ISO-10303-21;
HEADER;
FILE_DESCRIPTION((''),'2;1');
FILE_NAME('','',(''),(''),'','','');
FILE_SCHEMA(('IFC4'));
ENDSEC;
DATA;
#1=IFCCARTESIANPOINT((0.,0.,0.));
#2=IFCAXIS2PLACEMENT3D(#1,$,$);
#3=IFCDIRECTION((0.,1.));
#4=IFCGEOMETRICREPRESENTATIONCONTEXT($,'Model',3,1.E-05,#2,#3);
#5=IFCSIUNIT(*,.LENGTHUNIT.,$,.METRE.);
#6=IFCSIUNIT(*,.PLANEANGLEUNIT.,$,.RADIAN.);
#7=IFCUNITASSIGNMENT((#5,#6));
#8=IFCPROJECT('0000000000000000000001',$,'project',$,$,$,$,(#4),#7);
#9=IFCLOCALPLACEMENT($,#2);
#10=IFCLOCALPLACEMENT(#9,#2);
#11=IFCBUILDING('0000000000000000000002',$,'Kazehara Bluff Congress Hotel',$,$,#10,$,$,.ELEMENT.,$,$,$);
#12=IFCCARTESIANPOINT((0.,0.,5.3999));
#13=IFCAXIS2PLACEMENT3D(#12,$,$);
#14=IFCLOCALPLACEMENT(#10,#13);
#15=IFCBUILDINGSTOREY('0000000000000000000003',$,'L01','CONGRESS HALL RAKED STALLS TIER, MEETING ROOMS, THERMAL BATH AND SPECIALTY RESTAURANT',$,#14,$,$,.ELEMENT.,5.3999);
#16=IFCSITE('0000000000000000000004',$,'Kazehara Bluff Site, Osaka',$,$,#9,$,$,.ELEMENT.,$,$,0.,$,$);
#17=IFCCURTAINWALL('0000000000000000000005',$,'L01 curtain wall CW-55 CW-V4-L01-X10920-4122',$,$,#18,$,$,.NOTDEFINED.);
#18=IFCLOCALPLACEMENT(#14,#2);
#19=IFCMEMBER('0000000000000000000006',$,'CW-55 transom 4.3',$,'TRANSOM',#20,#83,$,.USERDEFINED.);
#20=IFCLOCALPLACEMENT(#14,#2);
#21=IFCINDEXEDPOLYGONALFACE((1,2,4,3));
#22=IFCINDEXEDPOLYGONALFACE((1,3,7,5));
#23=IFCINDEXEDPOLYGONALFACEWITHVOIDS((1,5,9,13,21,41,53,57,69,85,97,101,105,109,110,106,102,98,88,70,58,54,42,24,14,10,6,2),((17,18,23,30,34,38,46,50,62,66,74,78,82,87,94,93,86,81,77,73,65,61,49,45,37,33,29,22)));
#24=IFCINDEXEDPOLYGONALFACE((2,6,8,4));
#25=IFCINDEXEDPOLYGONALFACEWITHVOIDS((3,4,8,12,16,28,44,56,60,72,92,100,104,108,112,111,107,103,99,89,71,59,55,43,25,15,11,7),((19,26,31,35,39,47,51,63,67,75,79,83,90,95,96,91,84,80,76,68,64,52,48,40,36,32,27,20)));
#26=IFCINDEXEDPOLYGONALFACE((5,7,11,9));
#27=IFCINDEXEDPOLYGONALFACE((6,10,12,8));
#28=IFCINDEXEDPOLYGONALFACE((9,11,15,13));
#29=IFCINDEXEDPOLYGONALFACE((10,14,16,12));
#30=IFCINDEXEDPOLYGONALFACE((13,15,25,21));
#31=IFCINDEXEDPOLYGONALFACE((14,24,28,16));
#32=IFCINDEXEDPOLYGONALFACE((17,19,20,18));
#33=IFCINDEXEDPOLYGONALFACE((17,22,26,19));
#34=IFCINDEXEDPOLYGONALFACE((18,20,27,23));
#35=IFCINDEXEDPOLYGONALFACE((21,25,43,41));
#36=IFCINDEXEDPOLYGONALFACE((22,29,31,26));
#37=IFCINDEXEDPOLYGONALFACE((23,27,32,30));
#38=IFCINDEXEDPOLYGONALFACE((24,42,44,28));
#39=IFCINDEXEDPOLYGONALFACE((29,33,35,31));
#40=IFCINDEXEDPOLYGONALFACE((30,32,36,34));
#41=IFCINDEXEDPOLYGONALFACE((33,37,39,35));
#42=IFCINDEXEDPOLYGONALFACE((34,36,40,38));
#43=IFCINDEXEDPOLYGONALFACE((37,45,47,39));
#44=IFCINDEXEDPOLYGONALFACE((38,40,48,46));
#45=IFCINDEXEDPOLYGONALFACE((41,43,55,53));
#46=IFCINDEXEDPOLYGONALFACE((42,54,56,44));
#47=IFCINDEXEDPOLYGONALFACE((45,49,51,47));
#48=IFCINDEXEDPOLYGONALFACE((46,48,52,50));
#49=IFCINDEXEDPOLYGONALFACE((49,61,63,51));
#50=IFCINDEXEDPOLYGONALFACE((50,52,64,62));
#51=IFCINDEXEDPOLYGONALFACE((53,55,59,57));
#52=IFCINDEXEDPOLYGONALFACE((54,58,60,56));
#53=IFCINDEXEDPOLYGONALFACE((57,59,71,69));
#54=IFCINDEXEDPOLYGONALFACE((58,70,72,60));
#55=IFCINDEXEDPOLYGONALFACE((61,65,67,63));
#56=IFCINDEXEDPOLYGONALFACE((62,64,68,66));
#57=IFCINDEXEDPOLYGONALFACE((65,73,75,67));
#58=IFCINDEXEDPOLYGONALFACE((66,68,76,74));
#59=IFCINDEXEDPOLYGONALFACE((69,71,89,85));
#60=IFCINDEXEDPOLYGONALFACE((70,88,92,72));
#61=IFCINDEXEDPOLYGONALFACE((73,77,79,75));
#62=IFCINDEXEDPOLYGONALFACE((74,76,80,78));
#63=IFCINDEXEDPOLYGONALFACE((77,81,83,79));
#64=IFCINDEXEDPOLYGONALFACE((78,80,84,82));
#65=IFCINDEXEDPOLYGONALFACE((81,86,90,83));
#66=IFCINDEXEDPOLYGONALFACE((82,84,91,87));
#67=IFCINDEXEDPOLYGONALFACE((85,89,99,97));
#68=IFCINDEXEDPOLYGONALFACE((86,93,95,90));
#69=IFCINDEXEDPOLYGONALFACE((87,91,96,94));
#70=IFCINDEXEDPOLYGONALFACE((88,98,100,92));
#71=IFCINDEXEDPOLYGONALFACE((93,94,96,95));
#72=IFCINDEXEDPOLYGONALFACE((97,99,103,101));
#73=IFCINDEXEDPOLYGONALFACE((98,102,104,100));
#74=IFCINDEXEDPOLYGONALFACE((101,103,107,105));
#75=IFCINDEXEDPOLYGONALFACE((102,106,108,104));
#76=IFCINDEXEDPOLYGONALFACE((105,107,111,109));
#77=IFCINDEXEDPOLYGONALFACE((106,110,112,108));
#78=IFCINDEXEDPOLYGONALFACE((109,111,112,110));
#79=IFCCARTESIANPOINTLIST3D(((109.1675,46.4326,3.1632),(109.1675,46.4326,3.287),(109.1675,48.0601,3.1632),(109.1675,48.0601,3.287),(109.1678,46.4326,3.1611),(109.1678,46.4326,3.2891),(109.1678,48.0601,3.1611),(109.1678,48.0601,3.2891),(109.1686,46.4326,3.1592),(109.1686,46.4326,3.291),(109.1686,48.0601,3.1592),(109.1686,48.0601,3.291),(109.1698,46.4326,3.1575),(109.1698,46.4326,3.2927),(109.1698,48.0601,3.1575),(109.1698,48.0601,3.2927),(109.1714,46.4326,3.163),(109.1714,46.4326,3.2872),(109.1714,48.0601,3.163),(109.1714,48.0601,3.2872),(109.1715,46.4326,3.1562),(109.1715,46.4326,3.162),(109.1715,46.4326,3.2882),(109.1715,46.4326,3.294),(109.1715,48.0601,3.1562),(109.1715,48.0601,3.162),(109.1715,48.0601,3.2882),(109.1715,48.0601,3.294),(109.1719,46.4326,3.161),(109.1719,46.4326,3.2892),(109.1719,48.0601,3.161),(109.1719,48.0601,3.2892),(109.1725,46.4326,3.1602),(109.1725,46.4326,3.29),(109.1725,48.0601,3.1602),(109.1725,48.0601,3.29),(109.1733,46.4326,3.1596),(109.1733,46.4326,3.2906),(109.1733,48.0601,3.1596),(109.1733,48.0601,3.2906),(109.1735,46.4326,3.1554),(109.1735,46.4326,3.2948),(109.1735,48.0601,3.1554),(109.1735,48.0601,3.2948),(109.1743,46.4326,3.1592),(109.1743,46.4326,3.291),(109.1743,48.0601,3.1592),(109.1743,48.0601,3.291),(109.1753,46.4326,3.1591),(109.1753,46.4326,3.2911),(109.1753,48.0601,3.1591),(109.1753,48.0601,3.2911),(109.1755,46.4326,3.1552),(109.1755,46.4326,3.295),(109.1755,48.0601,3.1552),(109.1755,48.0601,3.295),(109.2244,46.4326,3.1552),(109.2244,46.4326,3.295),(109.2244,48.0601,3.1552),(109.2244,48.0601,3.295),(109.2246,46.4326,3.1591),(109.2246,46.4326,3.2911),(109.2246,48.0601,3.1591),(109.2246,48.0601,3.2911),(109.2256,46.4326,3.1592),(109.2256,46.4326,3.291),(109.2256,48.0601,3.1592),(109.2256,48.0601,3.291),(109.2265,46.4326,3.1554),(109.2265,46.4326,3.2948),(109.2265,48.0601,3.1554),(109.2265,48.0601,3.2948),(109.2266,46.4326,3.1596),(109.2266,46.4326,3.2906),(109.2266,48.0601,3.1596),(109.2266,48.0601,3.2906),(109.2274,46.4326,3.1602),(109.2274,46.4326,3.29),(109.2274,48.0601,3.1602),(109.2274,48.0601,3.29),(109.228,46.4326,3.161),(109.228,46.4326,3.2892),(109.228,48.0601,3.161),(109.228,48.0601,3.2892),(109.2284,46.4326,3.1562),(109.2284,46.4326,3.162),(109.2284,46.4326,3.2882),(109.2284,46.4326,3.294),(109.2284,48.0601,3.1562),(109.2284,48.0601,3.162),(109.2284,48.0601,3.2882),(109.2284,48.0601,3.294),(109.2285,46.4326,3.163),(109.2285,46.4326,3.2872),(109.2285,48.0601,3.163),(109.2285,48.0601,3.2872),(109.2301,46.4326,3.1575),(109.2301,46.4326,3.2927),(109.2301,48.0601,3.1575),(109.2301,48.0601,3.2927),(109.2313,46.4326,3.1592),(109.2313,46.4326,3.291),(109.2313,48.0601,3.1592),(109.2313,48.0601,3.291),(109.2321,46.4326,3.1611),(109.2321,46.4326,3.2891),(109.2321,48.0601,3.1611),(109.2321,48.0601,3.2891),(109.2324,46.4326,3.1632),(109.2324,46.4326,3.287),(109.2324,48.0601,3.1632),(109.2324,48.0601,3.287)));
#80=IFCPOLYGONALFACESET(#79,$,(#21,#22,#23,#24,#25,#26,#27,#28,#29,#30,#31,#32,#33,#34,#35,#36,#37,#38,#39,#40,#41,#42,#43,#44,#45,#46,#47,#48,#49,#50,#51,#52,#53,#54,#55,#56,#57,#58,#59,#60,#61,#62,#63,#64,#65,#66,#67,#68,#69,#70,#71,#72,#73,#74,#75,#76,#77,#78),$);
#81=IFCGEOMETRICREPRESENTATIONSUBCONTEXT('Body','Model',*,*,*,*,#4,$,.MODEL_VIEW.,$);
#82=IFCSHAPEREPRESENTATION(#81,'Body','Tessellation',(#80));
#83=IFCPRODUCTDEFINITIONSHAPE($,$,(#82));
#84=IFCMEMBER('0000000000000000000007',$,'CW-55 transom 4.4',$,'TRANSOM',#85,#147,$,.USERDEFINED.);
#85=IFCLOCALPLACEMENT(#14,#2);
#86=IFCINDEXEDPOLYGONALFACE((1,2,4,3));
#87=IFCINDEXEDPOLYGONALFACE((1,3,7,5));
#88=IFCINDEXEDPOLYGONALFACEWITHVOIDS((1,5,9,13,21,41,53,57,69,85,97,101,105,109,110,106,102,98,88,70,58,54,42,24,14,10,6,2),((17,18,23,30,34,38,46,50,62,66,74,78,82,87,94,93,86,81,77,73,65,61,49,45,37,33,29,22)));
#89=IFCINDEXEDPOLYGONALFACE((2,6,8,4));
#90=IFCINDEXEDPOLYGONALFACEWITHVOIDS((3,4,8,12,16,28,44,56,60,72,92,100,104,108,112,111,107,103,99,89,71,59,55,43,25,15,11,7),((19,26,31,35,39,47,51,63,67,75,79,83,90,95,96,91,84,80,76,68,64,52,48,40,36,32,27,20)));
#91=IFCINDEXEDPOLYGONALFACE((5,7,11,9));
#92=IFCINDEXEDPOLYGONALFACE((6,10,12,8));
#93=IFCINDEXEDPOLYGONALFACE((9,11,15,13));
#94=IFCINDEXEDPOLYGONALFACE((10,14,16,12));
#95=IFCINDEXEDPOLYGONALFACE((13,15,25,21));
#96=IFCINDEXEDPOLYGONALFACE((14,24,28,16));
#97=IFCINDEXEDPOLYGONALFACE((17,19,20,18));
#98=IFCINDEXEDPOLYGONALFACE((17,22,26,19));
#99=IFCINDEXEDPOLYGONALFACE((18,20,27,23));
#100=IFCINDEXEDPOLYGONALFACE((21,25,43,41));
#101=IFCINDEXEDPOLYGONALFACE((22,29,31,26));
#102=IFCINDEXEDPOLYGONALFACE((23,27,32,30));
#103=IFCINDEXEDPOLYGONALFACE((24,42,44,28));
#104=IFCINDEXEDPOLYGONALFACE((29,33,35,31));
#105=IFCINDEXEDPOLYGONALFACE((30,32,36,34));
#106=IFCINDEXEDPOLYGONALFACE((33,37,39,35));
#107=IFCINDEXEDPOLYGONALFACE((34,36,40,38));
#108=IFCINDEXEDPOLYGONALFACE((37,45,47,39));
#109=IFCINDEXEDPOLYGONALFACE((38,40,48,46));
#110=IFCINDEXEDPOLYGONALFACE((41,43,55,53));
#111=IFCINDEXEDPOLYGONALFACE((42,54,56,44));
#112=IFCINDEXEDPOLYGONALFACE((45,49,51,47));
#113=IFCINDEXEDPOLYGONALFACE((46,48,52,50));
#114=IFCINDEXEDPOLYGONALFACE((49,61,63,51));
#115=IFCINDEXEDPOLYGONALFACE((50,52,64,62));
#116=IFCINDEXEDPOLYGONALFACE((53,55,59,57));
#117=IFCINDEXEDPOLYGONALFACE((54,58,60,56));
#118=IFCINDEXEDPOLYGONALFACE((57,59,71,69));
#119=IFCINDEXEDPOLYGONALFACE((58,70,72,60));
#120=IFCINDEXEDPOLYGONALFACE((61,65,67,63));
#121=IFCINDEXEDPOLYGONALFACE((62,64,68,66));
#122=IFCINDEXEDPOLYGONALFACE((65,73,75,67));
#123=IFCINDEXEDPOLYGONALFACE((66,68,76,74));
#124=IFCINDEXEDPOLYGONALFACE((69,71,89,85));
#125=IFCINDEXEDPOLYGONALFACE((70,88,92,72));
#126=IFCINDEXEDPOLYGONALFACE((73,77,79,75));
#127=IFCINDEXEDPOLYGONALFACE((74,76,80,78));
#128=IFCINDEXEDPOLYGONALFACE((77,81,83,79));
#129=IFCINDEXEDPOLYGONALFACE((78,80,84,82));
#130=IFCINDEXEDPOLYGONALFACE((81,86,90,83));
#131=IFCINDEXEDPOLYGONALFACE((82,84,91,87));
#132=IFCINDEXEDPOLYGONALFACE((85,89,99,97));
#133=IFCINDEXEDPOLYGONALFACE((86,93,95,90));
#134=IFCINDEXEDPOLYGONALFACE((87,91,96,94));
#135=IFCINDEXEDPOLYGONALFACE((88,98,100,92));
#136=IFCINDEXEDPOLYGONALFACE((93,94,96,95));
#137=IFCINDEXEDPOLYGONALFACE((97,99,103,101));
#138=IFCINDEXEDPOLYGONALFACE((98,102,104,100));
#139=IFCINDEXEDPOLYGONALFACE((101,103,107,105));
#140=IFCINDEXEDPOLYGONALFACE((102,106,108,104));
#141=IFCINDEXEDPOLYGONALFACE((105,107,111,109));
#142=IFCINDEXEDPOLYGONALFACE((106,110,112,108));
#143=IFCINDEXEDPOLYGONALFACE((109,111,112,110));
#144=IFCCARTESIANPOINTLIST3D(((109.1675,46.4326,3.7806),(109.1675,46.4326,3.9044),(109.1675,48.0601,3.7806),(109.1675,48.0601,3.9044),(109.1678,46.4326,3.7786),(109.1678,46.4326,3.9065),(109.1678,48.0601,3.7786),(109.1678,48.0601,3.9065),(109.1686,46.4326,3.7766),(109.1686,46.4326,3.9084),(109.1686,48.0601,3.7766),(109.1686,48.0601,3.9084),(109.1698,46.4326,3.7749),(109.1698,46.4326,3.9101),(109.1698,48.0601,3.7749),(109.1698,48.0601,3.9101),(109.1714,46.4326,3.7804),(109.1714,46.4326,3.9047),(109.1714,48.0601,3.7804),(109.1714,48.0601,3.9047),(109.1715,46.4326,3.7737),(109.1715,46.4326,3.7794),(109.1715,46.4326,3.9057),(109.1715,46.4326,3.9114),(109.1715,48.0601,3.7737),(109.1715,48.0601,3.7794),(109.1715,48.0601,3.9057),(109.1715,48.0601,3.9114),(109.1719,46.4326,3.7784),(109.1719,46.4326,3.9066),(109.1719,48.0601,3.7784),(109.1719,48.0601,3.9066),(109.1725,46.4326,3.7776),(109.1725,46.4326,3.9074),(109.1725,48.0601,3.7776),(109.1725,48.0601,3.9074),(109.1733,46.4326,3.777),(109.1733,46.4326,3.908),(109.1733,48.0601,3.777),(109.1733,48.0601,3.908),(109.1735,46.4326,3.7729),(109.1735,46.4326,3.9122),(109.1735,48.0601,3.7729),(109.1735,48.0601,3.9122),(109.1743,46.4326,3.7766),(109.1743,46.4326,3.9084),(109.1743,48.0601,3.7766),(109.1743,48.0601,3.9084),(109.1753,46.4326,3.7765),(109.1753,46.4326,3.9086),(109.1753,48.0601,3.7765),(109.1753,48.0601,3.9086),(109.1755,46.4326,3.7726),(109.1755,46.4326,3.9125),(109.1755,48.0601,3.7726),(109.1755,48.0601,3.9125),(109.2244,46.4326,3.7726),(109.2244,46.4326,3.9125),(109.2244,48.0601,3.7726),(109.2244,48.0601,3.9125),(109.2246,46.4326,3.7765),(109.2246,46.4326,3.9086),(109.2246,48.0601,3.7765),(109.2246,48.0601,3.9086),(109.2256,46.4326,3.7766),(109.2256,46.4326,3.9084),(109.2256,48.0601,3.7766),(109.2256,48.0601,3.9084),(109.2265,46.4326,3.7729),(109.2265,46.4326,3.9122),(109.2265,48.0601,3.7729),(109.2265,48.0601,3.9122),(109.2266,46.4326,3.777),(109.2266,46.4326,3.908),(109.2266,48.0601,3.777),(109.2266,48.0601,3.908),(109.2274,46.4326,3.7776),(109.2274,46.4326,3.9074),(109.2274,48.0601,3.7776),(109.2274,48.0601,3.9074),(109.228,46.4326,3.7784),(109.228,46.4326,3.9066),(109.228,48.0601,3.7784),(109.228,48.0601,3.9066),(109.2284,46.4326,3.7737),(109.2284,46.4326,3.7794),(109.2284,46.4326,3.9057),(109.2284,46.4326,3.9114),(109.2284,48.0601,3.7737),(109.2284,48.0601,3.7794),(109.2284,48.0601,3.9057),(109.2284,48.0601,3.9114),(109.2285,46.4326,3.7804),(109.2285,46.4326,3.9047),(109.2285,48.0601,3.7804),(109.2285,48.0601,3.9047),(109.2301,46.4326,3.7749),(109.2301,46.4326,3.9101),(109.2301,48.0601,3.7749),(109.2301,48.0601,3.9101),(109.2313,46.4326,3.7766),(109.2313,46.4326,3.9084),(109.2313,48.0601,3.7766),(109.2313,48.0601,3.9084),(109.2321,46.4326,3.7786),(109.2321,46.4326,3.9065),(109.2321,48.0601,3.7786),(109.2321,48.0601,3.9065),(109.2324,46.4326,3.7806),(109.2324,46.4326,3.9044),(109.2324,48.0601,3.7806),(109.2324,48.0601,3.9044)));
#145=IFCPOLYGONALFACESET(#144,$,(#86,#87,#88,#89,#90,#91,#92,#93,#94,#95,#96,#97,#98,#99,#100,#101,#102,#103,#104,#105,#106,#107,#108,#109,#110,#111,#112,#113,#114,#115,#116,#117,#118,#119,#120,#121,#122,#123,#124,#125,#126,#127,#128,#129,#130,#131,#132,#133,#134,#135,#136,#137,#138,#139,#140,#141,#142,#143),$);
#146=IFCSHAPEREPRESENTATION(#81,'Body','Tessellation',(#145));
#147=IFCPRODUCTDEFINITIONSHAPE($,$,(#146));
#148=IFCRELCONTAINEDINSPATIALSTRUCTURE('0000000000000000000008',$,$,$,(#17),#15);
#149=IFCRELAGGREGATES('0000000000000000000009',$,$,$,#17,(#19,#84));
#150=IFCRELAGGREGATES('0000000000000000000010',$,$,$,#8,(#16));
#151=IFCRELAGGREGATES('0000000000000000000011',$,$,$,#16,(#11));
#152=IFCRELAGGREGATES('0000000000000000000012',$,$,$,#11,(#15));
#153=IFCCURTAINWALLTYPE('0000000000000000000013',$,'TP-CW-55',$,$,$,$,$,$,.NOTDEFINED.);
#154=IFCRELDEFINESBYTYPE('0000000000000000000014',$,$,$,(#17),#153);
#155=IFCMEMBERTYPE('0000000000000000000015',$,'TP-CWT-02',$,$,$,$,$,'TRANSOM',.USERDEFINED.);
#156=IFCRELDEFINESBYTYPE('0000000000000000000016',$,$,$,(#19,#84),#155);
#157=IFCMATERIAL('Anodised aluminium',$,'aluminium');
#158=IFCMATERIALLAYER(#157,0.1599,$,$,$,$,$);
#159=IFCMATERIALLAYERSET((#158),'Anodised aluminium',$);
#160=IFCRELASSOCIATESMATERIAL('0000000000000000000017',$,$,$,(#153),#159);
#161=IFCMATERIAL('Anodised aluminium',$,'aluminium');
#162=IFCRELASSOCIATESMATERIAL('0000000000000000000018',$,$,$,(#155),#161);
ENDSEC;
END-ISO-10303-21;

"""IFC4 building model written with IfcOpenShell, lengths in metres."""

from ifc_helpers import new_model, si_unit, direction, frame, origin, origin_2d, place, context, subcontext, project, spatial, hollow_rectangle, extrude, material, layer, layer_set, material_profile, profile_set, type_object, element, aggregate, save


model = new_model("IFC4")

# Units and contexts
model_context = context("Model", 3, precision=1e-05, world=origin(), true_north=direction((0.0, 1.0)))
body_context = subcontext(model_context, "Body", "Model", "MODEL_VIEW")
ifc_project = project(units=[si_unit("LENGTHUNIT", "METRE"), si_unit("PLANEANGLEUNIT", "RADIAN")], contexts=[model_context])

# Site, building, storey
site_placement = place(None, origin())
site = spatial("IfcSite", under=ifc_project, at=site_placement, Name="Kazehara Bluff Site, Osaka", CompositionType="ELEMENT", RefElevation=0.0)
building_placement = place(site_placement, origin())
building = spatial("IfcBuilding", under=site, at=building_placement, Name="Kazehara Bluff Congress Hotel", CompositionType="ELEMENT")
storey_placement = place(building_placement, frame((0.0, 0.0, 5.3999)))
storey = spatial("IfcBuildingStorey", under=building, at=storey_placement, Name="L01", Description="CONGRESS HALL RAKED STALLS TIER, MEETING ROOMS, THERMAL BATH AND SPECIALTY RESTAURANT", CompositionType="ELEMENT", Elevation=5.3999)

# Curtain wall
ifc_material_1 = material(Name="Anodised aluminium", Category="aluminium")
ifc_layer_1 = layer(ifc_material_1, 0.1599)
ifc_layer_set_1 = layer_set([ifc_layer_1], Name="Anodised aluminium")
curtain_wall_type_1 = type_object("IfcCurtainWallType", Name="TP-CW-55", PredefinedType="NOTDEFINED", material=ifc_layer_set_1)
curtain_wall_1_placement = place(storey_placement, origin())
curtain_wall_1 = element("IfcCurtainWall", 1, at=curtain_wall_1_placement, inside=storey, type_object=curtain_wall_type_1, Name="L01 curtain wall CW-55 CW-V4-L01-X10920-4122", PredefinedType="NOTDEFINED")

# Members
ifc_material_2 = material(Name="Anodised aluminium", Category="aluminium")
ifc_material_profile_1 = material_profile(ifc_material_2, hollow_rectangle(XDim=0.0649, YDim=0.1399, WallThickness=0.0039, InnerFilletRadius=0.0039, OuterFilletRadius=0.0081, at=origin_2d()))
ifc_profile_set_1 = profile_set([ifc_material_profile_1], Name="Anodised aluminium")
member_type_1 = type_object("IfcMemberType", Name="TP-CWT-02", ElementType="TRANSOM", PredefinedType="USERDEFINED", material=ifc_profile_set_1)
member_1_placement = place(storey_placement, frame((109.2, 46.4326, 3.2251), z_axis=(0.0, 1.0, 0.0), x_axis=(-1.0, 0.0, 0.0)))
member_1 = element("IfcMember", 2, at=member_1_placement, type_object=member_type_1, Name="CW-55 transom 4.3", ObjectType="TRANSOM", PredefinedType="USERDEFINED", context=body_context, shape_type="SweptSolid", body=[
    extrude(hollow_rectangle(XDim=0.0649, YDim=0.1399, WallThickness=0.0039, InnerFilletRadius=0.0039, OuterFilletRadius=0.0081, at=origin_2d()), origin(), (0.0, 0.0, 1.0), 1.6274),
])
member_2_placement = place(storey_placement, frame((109.2, 46.4326, 3.8425), z_axis=(0.0, 1.0, 0.0), x_axis=(-1.0, 0.0, 0.0)))
member_2 = element("IfcMember", 3, at=member_2_placement, type_object=member_type_1, Name="CW-55 transom 4.4", ObjectType="TRANSOM", PredefinedType="USERDEFINED", context=body_context, shape_type="SweptSolid", body=[
    extrude(hollow_rectangle(XDim=0.0649, YDim=0.1399, WallThickness=0.0039, InnerFilletRadius=0.0039, OuterFilletRadius=0.0081, at=origin_2d()), origin(), (0.0, 0.0, 1.0), 1.6274),
])

aggregate(curtain_wall_1, [member_1, member_2])

save(model, "model.ifc")
